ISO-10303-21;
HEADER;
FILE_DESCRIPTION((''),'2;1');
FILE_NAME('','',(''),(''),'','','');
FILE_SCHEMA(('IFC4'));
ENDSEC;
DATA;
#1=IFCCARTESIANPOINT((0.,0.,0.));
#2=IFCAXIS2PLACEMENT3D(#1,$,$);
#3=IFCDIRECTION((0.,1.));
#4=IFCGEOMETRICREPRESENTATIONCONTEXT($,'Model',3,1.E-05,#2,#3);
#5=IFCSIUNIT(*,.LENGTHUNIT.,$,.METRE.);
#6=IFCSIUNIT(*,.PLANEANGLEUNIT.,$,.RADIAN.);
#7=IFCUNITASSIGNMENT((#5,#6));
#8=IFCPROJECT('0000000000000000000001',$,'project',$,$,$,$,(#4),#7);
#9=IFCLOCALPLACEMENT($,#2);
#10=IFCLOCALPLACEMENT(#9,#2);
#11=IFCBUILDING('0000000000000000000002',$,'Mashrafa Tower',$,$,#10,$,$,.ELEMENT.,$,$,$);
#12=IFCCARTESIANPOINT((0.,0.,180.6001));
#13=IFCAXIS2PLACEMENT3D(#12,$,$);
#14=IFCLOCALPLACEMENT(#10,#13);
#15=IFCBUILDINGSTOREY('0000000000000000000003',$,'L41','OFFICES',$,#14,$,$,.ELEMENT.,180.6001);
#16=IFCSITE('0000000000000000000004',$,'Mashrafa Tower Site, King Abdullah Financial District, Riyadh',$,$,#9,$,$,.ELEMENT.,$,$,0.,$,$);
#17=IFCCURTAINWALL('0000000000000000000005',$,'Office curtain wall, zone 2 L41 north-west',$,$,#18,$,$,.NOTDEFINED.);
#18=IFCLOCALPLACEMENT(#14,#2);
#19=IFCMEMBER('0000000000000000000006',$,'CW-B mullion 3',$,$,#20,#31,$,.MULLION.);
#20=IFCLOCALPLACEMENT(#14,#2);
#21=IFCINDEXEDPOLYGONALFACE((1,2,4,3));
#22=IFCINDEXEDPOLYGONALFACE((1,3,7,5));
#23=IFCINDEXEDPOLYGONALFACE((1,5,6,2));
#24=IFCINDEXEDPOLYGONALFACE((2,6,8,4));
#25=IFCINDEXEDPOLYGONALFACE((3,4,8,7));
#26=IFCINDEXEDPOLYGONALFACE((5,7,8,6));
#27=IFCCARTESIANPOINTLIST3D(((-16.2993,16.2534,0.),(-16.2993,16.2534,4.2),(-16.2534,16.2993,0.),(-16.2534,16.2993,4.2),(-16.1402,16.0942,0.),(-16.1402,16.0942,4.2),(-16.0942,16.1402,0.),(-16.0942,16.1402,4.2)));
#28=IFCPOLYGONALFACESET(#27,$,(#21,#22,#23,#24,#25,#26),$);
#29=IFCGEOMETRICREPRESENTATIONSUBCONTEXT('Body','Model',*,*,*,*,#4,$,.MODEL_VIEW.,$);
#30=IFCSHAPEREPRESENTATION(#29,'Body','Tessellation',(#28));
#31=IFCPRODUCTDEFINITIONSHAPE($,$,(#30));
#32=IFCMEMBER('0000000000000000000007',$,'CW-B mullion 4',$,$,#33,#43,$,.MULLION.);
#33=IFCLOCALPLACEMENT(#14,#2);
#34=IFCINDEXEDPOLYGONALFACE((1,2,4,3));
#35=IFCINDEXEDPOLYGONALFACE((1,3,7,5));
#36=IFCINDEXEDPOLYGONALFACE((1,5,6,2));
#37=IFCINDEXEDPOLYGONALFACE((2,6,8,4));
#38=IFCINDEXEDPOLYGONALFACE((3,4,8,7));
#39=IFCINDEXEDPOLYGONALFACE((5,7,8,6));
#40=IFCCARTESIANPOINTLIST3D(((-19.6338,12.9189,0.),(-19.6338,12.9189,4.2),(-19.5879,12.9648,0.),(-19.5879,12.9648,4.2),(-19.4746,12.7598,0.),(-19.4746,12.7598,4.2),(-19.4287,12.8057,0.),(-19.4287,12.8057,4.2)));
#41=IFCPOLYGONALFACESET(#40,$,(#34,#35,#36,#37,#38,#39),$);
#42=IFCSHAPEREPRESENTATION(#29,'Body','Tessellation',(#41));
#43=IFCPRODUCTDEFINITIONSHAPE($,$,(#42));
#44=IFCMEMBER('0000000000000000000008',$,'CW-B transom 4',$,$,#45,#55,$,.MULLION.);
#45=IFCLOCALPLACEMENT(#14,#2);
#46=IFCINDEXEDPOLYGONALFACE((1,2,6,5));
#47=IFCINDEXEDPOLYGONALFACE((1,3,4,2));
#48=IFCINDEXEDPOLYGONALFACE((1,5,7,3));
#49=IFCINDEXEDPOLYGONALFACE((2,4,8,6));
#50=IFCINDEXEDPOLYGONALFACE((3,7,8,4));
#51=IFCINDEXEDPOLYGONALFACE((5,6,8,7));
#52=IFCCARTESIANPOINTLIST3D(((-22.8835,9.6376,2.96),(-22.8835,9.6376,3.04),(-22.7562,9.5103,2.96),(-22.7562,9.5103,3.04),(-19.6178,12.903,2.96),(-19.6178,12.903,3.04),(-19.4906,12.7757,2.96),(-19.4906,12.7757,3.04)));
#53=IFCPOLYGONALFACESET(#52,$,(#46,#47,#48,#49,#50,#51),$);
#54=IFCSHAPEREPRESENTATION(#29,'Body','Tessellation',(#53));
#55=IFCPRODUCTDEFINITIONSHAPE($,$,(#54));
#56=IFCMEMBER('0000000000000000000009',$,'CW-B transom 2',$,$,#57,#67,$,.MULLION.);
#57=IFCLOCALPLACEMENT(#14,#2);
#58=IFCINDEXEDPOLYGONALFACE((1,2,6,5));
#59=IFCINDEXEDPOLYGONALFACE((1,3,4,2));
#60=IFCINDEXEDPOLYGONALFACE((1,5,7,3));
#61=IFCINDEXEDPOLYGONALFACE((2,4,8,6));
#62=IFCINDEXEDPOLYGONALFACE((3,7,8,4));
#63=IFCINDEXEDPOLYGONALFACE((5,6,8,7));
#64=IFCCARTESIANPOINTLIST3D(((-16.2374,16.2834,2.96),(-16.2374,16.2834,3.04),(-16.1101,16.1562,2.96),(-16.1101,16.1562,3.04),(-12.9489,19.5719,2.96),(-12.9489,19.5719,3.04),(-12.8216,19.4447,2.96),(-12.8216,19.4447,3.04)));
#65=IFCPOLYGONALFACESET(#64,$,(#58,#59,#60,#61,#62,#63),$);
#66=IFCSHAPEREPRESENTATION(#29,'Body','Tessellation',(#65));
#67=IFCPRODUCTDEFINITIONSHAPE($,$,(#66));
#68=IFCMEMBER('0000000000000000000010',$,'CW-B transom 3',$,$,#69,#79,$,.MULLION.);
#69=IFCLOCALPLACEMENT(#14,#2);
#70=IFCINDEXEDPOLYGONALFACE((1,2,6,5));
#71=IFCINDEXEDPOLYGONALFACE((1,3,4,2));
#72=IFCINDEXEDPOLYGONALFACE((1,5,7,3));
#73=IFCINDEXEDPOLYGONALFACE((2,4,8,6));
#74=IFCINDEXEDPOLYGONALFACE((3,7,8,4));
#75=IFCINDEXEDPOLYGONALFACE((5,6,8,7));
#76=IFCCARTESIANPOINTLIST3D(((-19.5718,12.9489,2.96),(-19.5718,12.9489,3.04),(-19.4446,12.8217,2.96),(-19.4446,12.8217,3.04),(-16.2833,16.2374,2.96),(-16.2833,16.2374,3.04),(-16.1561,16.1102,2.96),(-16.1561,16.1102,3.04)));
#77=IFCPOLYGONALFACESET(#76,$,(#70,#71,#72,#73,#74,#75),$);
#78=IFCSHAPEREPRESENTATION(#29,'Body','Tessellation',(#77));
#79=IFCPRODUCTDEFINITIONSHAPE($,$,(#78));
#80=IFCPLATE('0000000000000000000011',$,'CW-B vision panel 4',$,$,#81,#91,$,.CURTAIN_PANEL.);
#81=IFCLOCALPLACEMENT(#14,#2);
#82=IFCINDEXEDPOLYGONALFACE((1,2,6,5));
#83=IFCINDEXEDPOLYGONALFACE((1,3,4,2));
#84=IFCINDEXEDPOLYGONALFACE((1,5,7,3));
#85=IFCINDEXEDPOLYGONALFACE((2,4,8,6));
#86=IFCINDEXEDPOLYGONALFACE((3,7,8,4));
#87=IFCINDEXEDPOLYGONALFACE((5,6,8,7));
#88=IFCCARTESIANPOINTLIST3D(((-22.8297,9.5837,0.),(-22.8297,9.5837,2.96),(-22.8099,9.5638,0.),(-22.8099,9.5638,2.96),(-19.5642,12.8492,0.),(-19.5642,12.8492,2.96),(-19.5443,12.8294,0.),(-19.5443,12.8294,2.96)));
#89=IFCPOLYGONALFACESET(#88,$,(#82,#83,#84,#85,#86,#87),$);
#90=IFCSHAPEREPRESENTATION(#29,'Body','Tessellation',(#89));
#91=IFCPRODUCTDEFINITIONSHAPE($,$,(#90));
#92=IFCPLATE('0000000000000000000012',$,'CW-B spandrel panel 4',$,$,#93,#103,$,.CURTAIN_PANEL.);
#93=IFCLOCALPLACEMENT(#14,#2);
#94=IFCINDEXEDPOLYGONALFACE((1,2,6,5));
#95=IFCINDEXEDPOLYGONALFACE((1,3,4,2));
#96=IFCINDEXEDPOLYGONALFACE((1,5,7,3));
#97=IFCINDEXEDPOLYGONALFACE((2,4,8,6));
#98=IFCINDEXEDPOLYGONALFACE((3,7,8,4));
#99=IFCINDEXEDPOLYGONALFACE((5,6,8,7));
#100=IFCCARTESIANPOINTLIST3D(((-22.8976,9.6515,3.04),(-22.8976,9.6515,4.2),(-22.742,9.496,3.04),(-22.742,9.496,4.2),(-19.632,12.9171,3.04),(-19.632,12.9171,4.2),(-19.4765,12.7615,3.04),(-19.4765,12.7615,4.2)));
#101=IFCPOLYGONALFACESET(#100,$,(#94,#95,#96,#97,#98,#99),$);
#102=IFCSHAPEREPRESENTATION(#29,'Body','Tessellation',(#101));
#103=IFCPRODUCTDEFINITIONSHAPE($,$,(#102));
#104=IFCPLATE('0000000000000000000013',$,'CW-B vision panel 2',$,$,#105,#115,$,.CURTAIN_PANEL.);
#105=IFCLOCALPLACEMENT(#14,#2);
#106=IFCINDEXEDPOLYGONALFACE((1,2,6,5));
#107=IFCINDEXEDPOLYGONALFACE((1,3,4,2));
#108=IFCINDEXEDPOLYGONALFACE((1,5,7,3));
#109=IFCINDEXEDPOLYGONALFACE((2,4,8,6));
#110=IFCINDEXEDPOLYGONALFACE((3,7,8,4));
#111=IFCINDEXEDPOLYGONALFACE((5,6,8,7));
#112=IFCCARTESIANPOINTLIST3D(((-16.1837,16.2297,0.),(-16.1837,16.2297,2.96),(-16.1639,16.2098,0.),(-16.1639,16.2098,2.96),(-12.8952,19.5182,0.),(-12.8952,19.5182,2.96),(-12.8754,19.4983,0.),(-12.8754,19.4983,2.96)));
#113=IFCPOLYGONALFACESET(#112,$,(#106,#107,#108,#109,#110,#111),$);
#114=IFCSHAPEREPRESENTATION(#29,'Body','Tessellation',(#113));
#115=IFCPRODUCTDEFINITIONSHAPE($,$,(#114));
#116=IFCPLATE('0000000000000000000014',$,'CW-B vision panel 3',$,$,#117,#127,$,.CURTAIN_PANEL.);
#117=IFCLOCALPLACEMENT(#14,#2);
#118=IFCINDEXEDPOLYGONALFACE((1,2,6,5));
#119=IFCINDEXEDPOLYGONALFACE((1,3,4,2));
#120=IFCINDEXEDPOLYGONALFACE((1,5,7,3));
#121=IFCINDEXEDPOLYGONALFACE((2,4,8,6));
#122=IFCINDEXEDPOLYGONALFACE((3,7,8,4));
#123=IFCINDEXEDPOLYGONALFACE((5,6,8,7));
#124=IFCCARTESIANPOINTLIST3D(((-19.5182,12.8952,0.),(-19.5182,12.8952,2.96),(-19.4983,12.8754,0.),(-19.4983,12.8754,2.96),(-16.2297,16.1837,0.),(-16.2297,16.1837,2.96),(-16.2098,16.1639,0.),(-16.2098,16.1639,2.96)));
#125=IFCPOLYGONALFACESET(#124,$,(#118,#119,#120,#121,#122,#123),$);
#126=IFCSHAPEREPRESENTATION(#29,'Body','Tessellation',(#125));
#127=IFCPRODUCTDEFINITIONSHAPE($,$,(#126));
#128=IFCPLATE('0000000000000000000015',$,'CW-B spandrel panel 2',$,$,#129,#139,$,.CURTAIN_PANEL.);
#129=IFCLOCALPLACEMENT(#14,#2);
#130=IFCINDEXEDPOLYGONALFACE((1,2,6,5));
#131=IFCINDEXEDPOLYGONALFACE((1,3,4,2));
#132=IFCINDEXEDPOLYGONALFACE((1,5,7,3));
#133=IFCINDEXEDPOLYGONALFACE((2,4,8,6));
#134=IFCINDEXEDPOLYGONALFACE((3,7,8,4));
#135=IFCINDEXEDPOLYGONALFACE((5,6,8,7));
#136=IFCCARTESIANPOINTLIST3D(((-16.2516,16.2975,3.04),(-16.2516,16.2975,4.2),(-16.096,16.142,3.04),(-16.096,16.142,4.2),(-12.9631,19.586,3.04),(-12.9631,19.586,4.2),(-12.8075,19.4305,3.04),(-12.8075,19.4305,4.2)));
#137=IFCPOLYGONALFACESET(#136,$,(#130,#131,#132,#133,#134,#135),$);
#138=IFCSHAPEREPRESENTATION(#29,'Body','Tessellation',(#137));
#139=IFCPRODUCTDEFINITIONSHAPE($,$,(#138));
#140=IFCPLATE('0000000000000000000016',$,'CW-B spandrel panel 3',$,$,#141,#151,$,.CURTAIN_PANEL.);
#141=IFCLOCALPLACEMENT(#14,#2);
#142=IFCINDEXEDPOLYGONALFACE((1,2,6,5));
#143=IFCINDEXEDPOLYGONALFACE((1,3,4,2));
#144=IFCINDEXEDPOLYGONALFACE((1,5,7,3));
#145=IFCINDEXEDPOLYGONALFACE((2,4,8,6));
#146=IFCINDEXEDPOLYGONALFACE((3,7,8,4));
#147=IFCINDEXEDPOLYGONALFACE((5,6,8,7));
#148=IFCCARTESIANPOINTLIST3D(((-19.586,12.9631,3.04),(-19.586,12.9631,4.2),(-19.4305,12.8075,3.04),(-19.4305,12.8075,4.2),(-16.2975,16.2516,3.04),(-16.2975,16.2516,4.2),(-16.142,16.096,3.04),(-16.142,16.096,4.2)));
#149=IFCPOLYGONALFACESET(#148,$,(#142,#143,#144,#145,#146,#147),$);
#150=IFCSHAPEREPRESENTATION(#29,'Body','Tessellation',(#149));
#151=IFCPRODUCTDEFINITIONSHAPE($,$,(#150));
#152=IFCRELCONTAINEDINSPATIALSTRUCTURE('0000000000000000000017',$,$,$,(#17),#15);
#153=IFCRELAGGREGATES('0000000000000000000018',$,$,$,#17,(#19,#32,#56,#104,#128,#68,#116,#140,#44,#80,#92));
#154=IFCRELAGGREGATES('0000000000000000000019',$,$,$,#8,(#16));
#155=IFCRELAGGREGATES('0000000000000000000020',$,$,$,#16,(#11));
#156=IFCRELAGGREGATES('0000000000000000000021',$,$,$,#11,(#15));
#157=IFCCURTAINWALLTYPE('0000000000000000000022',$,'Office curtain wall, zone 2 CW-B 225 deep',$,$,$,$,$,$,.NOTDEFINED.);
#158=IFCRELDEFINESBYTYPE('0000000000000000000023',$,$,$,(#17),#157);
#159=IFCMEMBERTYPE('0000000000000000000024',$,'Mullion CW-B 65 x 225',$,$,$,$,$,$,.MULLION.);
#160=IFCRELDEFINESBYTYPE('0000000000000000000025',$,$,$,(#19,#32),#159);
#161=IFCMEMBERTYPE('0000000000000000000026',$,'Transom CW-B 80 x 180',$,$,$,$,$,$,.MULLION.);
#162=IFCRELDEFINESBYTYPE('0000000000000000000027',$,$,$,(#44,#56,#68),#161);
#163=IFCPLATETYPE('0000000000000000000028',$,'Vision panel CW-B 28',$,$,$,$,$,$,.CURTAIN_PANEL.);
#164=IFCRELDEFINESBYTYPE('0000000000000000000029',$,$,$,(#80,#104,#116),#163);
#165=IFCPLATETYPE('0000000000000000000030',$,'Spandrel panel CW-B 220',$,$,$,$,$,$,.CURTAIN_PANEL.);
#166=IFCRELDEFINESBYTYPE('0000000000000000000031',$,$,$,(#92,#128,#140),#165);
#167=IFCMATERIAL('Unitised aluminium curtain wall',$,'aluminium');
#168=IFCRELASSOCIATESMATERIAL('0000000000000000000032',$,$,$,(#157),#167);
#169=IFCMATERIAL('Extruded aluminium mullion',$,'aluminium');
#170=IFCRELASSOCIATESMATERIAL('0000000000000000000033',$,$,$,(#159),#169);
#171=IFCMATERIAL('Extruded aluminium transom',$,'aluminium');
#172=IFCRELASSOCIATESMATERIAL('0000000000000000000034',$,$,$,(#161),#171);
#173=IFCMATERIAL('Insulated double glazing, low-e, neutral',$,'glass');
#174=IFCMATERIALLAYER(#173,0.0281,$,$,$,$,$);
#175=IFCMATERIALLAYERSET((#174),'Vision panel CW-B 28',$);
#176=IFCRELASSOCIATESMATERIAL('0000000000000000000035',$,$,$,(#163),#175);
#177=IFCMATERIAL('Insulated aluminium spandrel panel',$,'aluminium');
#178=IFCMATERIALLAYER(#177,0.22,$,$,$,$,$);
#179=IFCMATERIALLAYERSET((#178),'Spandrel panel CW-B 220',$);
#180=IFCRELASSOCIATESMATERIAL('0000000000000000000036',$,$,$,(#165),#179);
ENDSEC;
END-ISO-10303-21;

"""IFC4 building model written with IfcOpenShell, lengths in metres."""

from ifc_helpers import new_model, si_unit, direction, frame, origin, origin_2d, place, context, subcontext, project, spatial, rectangle, extrude, source, transform, mapped, material, layer, layer_set, material_profile, profile_set, type_object, type_shapes, element, aggregate, save


model = new_model("IFC4")

# Units and contexts
model_context = context("Model", 3, precision=1e-05, world=origin(), true_north=direction((0.0, 1.0)))
body_context = subcontext(model_context, "Body", "Model", "MODEL_VIEW")
ifc_project = project(units=[si_unit("LENGTHUNIT", "METRE"), si_unit("PLANEANGLEUNIT", "RADIAN")], contexts=[model_context])

# Site, building, storey
site_placement = place(None, origin())
site = spatial("IfcSite", under=ifc_project, at=site_placement, Name="Mashrafa Tower Site, King Abdullah Financial District, Riyadh", CompositionType="ELEMENT", RefElevation=0.0)
building_placement = place(site_placement, origin())
building = spatial("IfcBuilding", under=site, at=building_placement, Name="Mashrafa Tower", CompositionType="ELEMENT")
storey_placement = place(building_placement, frame((0.0, 0.0, 180.6001)))
storey = spatial("IfcBuildingStorey", under=building, at=storey_placement, Name="L41", Description="OFFICES", CompositionType="ELEMENT", Elevation=180.6001)

# Curtain wall, members, plates
ifc_material_1 = material(Name="Unitised aluminium curtain wall", Category="aluminium")
curtain_wall_type = type_object("IfcCurtainWallType", Name="Office curtain wall, zone 2 CW-B 225 deep", PredefinedType="NOTDEFINED", material=ifc_material_1)
curtain_wall_placement = place(storey_placement, origin())
curtain_wall = element("IfcCurtainWall", 1, at=curtain_wall_placement, inside=storey, type_object=curtain_wall_type, Name="Office curtain wall, zone 2 L41 north-west", PredefinedType="NOTDEFINED")
ifc_material_2 = material(Name="Extruded aluminium mullion", Category="aluminium")
ifc_material_profile_1 = material_profile(ifc_material_2, rectangle(XDim=0.2251, YDim=0.0649, at=origin_2d()), Name="Mullion 65x225")
ifc_profile_set_1 = profile_set([ifc_material_profile_1], Name="Extruded aluminium mullion")
member_type_1 = type_object("IfcMemberType", Name="Mullion CW-B 65 x 225", PredefinedType="MULLION", material=ifc_profile_set_1)
shared_shape_1 = source(origin(), body_context, "Body", "SweptSolid", [
    extrude(rectangle(XDim=0.2251, YDim=0.0649, at=origin_2d()), origin(), (0.0, 0.0, 1.0), 4.2),
])
type_shapes(member_type_1, [shared_shape_1])
member_1_placement = place(storey_placement, frame((-16.1968, 16.1968, 0.0), z_axis=(0.0, 0.0, 1.0), x_axis=(0.707107, -0.707107, 0.0)))
member_1 = element("IfcMember", 2, at=member_1_placement, type_object=member_type_1, Name="CW-B mullion 3", PredefinedType="MULLION", context=body_context, shape_type="MappedRepresentation", body=[
    mapped(shared_shape_1, transform((0.0, 0.0, 0.0))),
])
member_2_placement = place(storey_placement, frame((-19.5312, 12.8623, 0.0), z_axis=(0.0, 0.0, 1.0), x_axis=(0.707107, -0.707107, 0.0)))
member_2 = element("IfcMember", 3, at=member_2_placement, type_object=member_type_1, Name="CW-B mullion 4", PredefinedType="MULLION", context=body_context, shape_type="MappedRepresentation", body=[
    mapped(shared_shape_1, transform((0.0, 0.0, 0.0))),
])
ifc_material_3 = material(Name="Extruded aluminium transom", Category="aluminium")
ifc_material_profile_2 = material_profile(ifc_material_3, rectangle(XDim=0.1799, YDim=0.0801, at=origin_2d()), Name="Transom 80x180")
ifc_profile_set_2 = profile_set([ifc_material_profile_2], Name="Extruded aluminium transom")
member_type_2 = type_object("IfcMemberType", Name="Transom CW-B 80 x 180", PredefinedType="MULLION", material=ifc_profile_set_2)
shared_shape_2 = source(origin(), body_context, "Body", "SweptSolid", [
    extrude(rectangle(XDim=0.1799, YDim=0.0801, at=origin_2d()), origin(), (0.0, 0.0, 1.0), 4.6182),
])
member_3_placement = place(storey_placement, frame((-19.5542, 12.8394, 3.0), z_axis=(-0.707133, -0.70708, 0.0), x_axis=(0.70708, -0.707133, 0.0)))
member_3 = element("IfcMember", 4, at=member_3_placement, type_object=member_type_2, Name="CW-B transom 4", PredefinedType="MULLION", context=body_context, shape_type="MappedRepresentation", body=[
    mapped(shared_shape_2, transform((0.0, 0.0, 0.0))),
])
shared_shape_3 = source(origin(), body_context, "Body", "SweptSolid", [
    extrude(rectangle(XDim=0.1799, YDim=0.0801, at=origin_2d()), origin(), (0.0, 0.0, 1.0), 4.6506),
])
type_shapes(member_type_2, [shared_shape_2, shared_shape_3])
member_4_placement = place(storey_placement, frame((-12.8853, 19.5083, 3.0), z_axis=(-0.707107, -0.707107, 0.0), x_axis=(0.707107, -0.707107, 0.0)))
member_4 = element("IfcMember", 5, at=member_4_placement, type_object=member_type_2, Name="CW-B transom 2", PredefinedType="MULLION", context=body_context, shape_type="MappedRepresentation", body=[
    mapped(shared_shape_3, transform((0.0, 0.0, 0.0))),
])
member_5_placement = place(storey_placement, frame((-16.2197, 16.1738, 3.0), z_axis=(-0.707107, -0.707107, 0.0), x_axis=(0.707107, -0.707107, 0.0)))
member_5 = element("IfcMember", 6, at=member_5_placement, type_object=member_type_2, Name="CW-B transom 3", PredefinedType="MULLION", context=body_context, shape_type="MappedRepresentation", body=[
    mapped(shared_shape_3, transform((0.0, 0.0, 0.0))),
])
ifc_material_4 = material(Name="Insulated double glazing, low-e, neutral", Category="glass")
ifc_layer_1 = layer(ifc_material_4, 0.0281)
ifc_layer_set_1 = layer_set([ifc_layer_1], Name="Vision panel CW-B 28")
plate_type_1 = type_object("IfcPlateType", Name="Vision panel CW-B 28", PredefinedType="CURTAIN_PANEL", material=ifc_layer_set_1)
shared_shape_4 = source(origin(), body_context, "Body", "SweptSolid", [
    extrude(rectangle(XDim=4.6182, YDim=0.0281, at=origin_2d()), origin(), (0.0, 0.0, 1.0), 2.96),
])
plate_1_placement = place(storey_placement, frame((-21.187, 11.2065, 0.0), z_axis=(0.0, 0.0, 1.0), x_axis=(-0.707107, -0.707107, 0.0)))
plate_1 = element("IfcPlate", 7, at=plate_1_placement, type_object=plate_type_1, Name="CW-B vision panel 4", PredefinedType="CURTAIN_PANEL", context=body_context, shape_type="MappedRepresentation", body=[
    mapped(shared_shape_4, transform((0.0, 0.0, 0.0))),
])
ifc_material_5 = material(Name="Insulated aluminium spandrel panel", Category="aluminium")
ifc_layer_2 = layer(ifc_material_5, 0.22)
ifc_layer_set_2 = layer_set([ifc_layer_2], Name="Spandrel panel CW-B 220")
plate_type_2 = type_object("IfcPlateType", Name="Spandrel panel CW-B 220", PredefinedType="CURTAIN_PANEL", material=ifc_layer_set_2)
shared_shape_5 = source(origin(), body_context, "Body", "SweptSolid", [
    extrude(rectangle(XDim=4.6182, YDim=0.22, at=origin_2d()), origin(), (0.0, 0.0, 1.0), 1.1599),
])
plate_2_placement = place(storey_placement, frame((-21.187, 11.2065, 3.04), z_axis=(0.0, 0.0, 1.0), x_axis=(-0.707107, -0.707107, 0.0)))
plate_2 = element("IfcPlate", 8, at=plate_2_placement, type_object=plate_type_2, Name="CW-B spandrel panel 4", PredefinedType="CURTAIN_PANEL", context=body_context, shape_type="MappedRepresentation", body=[
    mapped(shared_shape_5, transform((0.0, 0.0, 0.0))),
])
shared_shape_6 = source(origin(), body_context, "Body", "SweptSolid", [
    extrude(rectangle(XDim=4.6506, YDim=0.0281, at=origin_2d()), origin(), (0.0, 0.0, 1.0), 2.96),
])
type_shapes(plate_type_1, [shared_shape_4, shared_shape_6])
plate_3_placement = place(storey_placement, frame((-14.5295, 17.864, 0.0), z_axis=(0.0, 0.0, 1.0), x_axis=(-0.707107, -0.707107, 0.0)))
plate_3 = element("IfcPlate", 9, at=plate_3_placement, type_object=plate_type_1, Name="CW-B vision panel 2", PredefinedType="CURTAIN_PANEL", context=body_context, shape_type="MappedRepresentation", body=[
    mapped(shared_shape_6, transform((0.0, 0.0, 0.0))),
])
plate_4_placement = place(storey_placement, frame((-17.864, 14.5295, 0.0), z_axis=(0.0, 0.0, 1.0), x_axis=(-0.707107, -0.707107, 0.0)))
plate_4 = element("IfcPlate", 10, at=plate_4_placement, type_object=plate_type_1, Name="CW-B vision panel 3", PredefinedType="CURTAIN_PANEL", context=body_context, shape_type="MappedRepresentation", body=[
    mapped(shared_shape_6, transform((0.0, 0.0, 0.0))),
])
shared_shape_7 = source(origin(), body_context, "Body", "SweptSolid", [
    extrude(rectangle(XDim=4.6506, YDim=0.22, at=origin_2d()), origin(), (0.0, 0.0, 1.0), 1.1599),
])
type_shapes(plate_type_2, [shared_shape_5, shared_shape_7])
plate_5_placement = place(storey_placement, frame((-14.5295, 17.864, 3.04), z_axis=(0.0, 0.0, 1.0), x_axis=(-0.707107, -0.707107, 0.0)))
plate_5 = element("IfcPlate", 11, at=plate_5_placement, type_object=plate_type_2, Name="CW-B spandrel panel 2", PredefinedType="CURTAIN_PANEL", context=body_context, shape_type="MappedRepresentation", body=[
    mapped(shared_shape_7, transform((0.0, 0.0, 0.0))),
])
plate_6_placement = place(storey_placement, frame((-17.864, 14.5295, 3.04), z_axis=(0.0, 0.0, 1.0), x_axis=(-0.707107, -0.707107, 0.0)))
plate_6 = element("IfcPlate", 12, at=plate_6_placement, type_object=plate_type_2, Name="CW-B spandrel panel 3", PredefinedType="CURTAIN_PANEL", context=body_context, shape_type="MappedRepresentation", body=[
    mapped(shared_shape_7, transform((0.0, 0.0, 0.0))),
])
aggregate(curtain_wall, [member_1, member_2, member_4, plate_3, plate_5, member_5, plate_4, plate_6, member_3, plate_1, plate_2])

save(model, "model.ifc")
